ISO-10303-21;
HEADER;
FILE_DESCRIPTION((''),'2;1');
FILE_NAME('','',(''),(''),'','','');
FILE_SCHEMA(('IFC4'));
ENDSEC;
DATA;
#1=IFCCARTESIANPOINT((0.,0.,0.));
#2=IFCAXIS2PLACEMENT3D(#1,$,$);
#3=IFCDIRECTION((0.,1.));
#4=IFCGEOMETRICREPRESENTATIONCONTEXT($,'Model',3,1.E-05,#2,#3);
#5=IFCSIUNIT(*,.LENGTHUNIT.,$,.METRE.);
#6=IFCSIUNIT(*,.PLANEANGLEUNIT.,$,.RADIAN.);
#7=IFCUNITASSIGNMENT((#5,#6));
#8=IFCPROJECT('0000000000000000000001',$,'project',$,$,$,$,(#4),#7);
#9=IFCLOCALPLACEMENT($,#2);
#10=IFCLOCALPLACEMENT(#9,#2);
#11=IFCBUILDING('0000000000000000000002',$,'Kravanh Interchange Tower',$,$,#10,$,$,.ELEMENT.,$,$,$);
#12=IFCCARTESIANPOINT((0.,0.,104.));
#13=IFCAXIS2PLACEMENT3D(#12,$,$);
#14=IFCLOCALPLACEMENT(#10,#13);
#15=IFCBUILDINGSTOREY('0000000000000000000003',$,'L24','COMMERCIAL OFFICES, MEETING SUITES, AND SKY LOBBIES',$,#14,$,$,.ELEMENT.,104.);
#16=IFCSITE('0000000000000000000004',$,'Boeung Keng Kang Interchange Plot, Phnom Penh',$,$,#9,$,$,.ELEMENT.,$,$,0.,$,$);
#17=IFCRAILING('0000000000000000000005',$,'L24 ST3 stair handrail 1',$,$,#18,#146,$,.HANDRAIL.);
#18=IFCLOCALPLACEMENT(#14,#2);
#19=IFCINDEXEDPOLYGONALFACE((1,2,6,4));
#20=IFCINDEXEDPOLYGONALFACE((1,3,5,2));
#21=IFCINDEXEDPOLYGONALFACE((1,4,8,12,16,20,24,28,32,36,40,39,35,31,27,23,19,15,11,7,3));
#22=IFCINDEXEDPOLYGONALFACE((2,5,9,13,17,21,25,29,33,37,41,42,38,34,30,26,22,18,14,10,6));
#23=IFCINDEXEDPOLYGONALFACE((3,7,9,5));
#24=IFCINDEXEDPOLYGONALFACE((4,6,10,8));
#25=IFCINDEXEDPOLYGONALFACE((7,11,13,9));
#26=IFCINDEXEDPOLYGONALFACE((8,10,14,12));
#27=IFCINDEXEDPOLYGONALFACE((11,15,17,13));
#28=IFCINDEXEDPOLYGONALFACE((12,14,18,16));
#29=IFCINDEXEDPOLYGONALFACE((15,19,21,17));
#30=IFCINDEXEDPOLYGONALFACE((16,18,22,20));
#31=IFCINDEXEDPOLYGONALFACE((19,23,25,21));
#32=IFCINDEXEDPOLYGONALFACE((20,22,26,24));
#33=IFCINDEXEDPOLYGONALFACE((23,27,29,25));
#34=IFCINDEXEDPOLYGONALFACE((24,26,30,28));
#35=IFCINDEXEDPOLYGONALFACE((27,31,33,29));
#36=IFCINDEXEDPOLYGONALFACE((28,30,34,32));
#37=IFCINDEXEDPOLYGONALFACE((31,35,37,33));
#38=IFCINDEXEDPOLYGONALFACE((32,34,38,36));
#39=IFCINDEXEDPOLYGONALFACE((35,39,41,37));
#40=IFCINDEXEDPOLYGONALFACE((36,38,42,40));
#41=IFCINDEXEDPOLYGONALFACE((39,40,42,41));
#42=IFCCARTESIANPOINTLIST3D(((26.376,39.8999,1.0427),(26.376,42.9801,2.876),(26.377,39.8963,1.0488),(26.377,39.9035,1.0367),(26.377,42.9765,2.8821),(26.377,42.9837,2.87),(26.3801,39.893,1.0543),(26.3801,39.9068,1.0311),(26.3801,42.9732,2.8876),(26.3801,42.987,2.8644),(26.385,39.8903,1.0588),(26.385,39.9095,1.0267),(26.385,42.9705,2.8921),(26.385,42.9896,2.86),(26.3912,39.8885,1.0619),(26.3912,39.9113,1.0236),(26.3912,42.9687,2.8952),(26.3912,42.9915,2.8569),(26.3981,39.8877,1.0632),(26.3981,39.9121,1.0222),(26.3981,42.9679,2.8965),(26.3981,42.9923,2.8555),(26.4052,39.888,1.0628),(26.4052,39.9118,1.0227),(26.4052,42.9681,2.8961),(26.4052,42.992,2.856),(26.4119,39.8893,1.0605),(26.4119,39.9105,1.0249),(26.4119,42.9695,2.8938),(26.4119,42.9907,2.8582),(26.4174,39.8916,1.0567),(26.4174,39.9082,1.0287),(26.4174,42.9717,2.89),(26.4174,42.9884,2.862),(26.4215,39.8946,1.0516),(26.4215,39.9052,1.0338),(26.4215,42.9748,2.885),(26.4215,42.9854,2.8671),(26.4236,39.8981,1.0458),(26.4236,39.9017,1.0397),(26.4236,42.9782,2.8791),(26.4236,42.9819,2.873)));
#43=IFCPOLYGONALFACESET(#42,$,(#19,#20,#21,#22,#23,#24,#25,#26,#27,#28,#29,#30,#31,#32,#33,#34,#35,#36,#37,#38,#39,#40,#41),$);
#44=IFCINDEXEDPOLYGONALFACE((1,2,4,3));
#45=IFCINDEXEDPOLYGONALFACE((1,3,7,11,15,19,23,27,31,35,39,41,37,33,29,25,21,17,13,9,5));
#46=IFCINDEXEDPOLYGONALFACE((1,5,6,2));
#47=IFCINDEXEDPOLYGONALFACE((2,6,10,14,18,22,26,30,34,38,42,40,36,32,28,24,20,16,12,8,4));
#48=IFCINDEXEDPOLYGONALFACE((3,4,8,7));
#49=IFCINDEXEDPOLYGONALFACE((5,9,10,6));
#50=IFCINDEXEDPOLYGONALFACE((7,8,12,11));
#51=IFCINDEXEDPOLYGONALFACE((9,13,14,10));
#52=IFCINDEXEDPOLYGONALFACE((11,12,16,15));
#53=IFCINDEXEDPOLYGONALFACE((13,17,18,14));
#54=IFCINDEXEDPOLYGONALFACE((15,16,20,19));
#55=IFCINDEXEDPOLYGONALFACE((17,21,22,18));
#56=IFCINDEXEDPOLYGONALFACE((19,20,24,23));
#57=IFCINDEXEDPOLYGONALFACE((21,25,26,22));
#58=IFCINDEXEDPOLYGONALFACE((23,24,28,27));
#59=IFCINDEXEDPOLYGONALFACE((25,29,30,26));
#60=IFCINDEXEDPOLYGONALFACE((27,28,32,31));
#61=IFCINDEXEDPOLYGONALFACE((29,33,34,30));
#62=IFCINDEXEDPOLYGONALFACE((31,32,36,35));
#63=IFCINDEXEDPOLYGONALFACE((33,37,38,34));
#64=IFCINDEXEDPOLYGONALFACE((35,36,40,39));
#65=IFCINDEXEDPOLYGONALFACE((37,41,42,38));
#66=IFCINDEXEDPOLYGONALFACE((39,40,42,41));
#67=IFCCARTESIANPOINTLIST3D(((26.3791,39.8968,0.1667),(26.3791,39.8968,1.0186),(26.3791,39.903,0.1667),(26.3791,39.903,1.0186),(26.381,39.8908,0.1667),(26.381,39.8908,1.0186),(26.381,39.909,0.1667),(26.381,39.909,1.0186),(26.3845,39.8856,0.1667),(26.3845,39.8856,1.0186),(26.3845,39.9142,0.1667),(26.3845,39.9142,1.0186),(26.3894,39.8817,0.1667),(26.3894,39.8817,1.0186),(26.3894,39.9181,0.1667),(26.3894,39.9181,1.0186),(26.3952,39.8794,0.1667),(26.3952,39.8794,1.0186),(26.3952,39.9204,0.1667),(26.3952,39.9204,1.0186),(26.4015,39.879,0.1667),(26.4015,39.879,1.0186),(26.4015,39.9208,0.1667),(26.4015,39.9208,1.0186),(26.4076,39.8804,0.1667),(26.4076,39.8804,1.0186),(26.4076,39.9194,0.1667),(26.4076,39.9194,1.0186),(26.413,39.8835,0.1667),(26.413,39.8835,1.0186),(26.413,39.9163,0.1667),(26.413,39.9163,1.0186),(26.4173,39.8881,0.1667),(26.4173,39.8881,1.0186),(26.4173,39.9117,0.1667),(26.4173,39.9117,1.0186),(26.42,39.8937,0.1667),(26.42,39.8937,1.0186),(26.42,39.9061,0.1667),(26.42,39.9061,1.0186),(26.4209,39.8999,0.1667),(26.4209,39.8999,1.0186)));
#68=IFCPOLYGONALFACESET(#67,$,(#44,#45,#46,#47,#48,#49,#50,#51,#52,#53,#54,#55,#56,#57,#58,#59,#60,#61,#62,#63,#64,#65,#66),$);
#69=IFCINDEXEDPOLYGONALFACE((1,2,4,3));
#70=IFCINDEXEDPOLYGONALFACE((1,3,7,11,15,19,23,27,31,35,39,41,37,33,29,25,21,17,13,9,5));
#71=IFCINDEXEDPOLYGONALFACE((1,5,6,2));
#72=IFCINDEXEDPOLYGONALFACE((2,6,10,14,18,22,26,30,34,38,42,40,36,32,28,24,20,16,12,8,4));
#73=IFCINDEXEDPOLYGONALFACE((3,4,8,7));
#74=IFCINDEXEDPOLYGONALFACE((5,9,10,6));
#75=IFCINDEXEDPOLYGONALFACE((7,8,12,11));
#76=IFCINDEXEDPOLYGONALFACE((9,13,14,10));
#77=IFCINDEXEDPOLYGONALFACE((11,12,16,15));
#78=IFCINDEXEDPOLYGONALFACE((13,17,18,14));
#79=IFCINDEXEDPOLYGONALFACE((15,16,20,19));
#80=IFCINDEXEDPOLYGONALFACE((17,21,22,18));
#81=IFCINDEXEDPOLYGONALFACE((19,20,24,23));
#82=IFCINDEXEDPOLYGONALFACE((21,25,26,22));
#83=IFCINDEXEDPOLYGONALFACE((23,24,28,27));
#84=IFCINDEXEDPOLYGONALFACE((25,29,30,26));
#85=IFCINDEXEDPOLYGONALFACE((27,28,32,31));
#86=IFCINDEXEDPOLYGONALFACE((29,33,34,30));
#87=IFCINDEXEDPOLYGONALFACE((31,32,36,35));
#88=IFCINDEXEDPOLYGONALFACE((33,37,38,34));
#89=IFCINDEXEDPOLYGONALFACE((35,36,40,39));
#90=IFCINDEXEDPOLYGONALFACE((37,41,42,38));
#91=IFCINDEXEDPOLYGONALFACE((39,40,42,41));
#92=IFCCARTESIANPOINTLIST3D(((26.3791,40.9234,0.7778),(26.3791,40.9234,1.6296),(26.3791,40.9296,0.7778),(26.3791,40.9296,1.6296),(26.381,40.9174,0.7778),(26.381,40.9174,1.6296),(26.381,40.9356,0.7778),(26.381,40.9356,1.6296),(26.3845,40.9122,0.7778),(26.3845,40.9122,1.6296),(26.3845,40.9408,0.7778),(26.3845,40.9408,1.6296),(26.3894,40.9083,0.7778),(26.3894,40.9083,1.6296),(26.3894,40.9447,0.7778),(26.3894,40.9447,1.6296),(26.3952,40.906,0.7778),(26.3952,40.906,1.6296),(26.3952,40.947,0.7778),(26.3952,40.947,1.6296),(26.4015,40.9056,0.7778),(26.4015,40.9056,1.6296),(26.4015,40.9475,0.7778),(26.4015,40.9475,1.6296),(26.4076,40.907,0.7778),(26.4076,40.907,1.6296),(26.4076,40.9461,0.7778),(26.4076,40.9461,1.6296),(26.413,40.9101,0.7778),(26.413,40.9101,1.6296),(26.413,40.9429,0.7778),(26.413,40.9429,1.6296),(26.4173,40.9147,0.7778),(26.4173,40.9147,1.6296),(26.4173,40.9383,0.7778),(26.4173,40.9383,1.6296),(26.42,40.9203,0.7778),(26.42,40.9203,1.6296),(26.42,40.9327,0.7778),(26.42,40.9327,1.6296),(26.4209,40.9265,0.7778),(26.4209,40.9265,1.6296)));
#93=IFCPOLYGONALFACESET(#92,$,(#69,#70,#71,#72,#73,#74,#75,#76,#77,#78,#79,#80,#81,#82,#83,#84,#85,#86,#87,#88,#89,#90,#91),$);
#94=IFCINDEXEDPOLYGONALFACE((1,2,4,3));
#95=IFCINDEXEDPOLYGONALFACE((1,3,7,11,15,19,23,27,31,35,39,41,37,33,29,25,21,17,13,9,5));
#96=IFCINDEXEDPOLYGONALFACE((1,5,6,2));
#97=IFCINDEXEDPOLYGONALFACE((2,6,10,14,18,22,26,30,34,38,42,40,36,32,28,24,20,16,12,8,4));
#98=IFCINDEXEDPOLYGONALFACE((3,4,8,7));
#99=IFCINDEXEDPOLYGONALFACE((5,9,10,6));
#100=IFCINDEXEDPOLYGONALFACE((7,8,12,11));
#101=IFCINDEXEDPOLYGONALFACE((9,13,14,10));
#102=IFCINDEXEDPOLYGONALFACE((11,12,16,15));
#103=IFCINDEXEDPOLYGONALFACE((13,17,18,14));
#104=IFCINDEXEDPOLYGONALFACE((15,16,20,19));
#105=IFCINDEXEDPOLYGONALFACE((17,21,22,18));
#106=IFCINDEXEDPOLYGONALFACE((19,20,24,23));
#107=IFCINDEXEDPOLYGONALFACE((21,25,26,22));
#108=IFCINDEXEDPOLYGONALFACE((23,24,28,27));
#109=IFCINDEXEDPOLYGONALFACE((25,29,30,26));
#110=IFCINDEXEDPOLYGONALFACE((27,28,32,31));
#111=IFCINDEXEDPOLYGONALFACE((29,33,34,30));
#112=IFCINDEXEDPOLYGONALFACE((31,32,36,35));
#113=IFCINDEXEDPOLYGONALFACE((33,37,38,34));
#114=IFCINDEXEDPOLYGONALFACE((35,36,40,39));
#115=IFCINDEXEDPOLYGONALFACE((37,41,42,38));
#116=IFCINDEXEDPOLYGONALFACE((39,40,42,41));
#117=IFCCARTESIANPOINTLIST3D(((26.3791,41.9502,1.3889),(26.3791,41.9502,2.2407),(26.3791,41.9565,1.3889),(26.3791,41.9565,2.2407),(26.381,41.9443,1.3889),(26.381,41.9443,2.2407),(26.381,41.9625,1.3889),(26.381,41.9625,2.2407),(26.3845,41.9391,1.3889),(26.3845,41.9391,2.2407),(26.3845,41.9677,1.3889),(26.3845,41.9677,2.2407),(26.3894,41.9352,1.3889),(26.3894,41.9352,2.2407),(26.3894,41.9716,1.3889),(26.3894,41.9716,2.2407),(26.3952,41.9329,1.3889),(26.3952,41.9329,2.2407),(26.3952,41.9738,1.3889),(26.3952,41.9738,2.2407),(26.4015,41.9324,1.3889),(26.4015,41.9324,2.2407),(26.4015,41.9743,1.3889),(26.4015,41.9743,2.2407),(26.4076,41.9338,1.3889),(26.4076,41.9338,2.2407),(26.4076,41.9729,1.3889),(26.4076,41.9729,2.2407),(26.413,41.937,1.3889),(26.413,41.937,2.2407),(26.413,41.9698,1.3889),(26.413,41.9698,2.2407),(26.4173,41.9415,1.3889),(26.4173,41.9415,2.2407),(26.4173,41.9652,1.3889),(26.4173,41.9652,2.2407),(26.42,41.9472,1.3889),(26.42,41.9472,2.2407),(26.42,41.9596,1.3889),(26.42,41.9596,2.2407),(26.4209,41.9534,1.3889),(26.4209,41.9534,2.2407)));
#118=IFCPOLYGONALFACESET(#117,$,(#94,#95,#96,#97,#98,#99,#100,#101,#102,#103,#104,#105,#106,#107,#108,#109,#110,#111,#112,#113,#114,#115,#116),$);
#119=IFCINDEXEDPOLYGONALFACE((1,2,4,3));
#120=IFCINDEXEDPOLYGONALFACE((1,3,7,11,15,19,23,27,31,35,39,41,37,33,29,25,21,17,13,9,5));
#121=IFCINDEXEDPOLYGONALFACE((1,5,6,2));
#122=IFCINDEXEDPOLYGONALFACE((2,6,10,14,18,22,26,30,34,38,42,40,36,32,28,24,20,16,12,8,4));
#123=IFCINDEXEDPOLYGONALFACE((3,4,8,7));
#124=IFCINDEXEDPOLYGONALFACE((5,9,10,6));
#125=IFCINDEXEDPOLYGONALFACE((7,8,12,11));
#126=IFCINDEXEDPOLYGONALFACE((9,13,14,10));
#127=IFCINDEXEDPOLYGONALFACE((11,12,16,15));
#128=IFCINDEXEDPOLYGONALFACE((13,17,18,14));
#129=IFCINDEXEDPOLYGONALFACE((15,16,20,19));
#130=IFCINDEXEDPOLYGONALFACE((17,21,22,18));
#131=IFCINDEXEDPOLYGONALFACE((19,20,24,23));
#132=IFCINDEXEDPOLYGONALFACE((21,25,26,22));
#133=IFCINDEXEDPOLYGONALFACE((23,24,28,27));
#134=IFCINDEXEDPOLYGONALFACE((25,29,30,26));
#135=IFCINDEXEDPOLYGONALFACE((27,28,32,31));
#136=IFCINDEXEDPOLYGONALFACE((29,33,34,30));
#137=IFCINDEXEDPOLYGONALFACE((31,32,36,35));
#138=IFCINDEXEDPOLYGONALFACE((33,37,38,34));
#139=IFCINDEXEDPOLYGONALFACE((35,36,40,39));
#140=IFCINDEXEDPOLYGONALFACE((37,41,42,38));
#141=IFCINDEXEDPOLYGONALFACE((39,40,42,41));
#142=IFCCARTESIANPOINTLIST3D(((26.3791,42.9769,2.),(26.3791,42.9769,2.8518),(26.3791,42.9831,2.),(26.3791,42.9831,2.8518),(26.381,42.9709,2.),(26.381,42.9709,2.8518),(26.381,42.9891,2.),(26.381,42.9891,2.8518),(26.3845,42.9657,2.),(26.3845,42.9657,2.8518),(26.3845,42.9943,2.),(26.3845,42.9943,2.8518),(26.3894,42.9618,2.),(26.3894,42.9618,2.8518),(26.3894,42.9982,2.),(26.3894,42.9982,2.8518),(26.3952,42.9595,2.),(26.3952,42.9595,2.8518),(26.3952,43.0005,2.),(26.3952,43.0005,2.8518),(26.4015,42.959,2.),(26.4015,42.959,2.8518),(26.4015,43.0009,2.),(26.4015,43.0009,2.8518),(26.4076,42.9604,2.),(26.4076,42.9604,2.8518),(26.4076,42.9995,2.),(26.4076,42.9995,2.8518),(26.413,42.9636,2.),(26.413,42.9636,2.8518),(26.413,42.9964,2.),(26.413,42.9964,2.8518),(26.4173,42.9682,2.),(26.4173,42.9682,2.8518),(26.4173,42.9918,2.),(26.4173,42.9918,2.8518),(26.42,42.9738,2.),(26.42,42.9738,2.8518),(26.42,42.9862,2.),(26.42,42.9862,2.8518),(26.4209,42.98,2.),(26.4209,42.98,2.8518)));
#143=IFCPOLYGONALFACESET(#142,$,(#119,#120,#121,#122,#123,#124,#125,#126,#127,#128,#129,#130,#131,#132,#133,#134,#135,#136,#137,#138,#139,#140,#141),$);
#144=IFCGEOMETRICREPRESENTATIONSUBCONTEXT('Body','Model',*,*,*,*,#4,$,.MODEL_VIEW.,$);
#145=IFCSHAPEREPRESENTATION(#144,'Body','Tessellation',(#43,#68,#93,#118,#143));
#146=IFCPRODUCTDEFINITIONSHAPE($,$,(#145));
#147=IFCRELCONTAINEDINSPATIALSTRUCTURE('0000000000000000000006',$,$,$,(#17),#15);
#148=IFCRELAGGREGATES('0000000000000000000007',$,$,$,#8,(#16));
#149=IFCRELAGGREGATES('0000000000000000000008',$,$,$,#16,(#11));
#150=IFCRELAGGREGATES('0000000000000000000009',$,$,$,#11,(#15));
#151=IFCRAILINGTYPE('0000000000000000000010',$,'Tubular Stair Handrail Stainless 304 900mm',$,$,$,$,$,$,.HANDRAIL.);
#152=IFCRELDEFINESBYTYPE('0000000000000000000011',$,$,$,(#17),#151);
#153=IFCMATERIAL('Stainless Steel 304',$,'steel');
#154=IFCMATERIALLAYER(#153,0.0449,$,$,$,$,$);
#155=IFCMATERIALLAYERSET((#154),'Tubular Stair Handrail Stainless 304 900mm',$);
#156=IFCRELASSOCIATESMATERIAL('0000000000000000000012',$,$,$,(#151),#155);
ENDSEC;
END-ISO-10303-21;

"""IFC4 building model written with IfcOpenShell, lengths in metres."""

from ifc_helpers import new_model, si_unit, direction, frame, origin, origin_2d, place, context, subcontext, project, spatial, circle, extrude, material, layer, layer_set, type_object, element, save


model = new_model("IFC4")

# Units and contexts
model_context = context("Model", 3, precision=1e-05, world=origin(), true_north=direction((0.0, 1.0)))
body_context = subcontext(model_context, "Body", "Model", "MODEL_VIEW")
ifc_project = project(units=[si_unit("LENGTHUNIT", "METRE"), si_unit("PLANEANGLEUNIT", "RADIAN")], contexts=[model_context])

# Site, building, storey
site_placement = place(None, origin())
site = spatial("IfcSite", under=ifc_project, at=site_placement, Name="Boeung Keng Kang Interchange Plot, Phnom Penh", CompositionType="ELEMENT", RefElevation=0.0)
building_placement = place(site_placement, origin())
building = spatial("IfcBuilding", under=site, at=building_placement, Name="Kravanh Interchange Tower", CompositionType="ELEMENT")
storey_placement = place(building_placement, frame((0.0, 0.0, 104.0)))
storey = spatial("IfcBuildingStorey", under=building, at=storey_placement, Name="L24", Description="COMMERCIAL OFFICES, MEETING SUITES, AND SKY LOBBIES", CompositionType="ELEMENT", Elevation=104.0)

# Railing
ifc_material_1 = material(Name="Stainless Steel 304", Category="steel")
ifc_layer_1 = layer(ifc_material_1, 0.0449)
ifc_layer_set_1 = layer_set([ifc_layer_1], Name="Tubular Stair Handrail Stainless 304 900mm")
railing_type = type_object("IfcRailingType", Name="Tubular Stair Handrail Stainless 304 900mm", PredefinedType="HANDRAIL", material=ifc_layer_set_1)
railing_placement = place(storey_placement, frame((26.3999, 39.8999, 0.1667)))
element("IfcRailing", 1, at=railing_placement, inside=storey, type_object=railing_type, Name="L24 ST3 stair handrail 1", PredefinedType="HANDRAIL", context=body_context, shape_type="SweptSolid", body=[
    extrude(circle(Radius=0.0239, at=origin_2d()), frame((0.0, 0.0, 0.876), z_axis=(0.0, 0.859309, 0.511458), x_axis=(-1.0, 0.0, 0.0)), (0.0, 0.0, 1.0), 3.5845),
    extrude(circle(Radius=0.021, at=origin_2d()), origin(), (0.0, 0.0, 1.0), 0.8518),
    extrude(circle(Radius=0.021, at=origin_2d()), frame((0.0, 1.0266, 0.6111)), (0.0, 0.0, 1.0), 0.8518),
    extrude(circle(Radius=0.021, at=origin_2d()), frame((0.0, 2.0535, 1.2222)), (0.0, 0.0, 1.0), 0.8518),
    extrude(circle(Radius=0.021, at=origin_2d()), frame((0.0, 3.0801, 1.8333)), (0.0, 0.0, 1.0), 0.8518),
])

save(model, "model.ifc")
